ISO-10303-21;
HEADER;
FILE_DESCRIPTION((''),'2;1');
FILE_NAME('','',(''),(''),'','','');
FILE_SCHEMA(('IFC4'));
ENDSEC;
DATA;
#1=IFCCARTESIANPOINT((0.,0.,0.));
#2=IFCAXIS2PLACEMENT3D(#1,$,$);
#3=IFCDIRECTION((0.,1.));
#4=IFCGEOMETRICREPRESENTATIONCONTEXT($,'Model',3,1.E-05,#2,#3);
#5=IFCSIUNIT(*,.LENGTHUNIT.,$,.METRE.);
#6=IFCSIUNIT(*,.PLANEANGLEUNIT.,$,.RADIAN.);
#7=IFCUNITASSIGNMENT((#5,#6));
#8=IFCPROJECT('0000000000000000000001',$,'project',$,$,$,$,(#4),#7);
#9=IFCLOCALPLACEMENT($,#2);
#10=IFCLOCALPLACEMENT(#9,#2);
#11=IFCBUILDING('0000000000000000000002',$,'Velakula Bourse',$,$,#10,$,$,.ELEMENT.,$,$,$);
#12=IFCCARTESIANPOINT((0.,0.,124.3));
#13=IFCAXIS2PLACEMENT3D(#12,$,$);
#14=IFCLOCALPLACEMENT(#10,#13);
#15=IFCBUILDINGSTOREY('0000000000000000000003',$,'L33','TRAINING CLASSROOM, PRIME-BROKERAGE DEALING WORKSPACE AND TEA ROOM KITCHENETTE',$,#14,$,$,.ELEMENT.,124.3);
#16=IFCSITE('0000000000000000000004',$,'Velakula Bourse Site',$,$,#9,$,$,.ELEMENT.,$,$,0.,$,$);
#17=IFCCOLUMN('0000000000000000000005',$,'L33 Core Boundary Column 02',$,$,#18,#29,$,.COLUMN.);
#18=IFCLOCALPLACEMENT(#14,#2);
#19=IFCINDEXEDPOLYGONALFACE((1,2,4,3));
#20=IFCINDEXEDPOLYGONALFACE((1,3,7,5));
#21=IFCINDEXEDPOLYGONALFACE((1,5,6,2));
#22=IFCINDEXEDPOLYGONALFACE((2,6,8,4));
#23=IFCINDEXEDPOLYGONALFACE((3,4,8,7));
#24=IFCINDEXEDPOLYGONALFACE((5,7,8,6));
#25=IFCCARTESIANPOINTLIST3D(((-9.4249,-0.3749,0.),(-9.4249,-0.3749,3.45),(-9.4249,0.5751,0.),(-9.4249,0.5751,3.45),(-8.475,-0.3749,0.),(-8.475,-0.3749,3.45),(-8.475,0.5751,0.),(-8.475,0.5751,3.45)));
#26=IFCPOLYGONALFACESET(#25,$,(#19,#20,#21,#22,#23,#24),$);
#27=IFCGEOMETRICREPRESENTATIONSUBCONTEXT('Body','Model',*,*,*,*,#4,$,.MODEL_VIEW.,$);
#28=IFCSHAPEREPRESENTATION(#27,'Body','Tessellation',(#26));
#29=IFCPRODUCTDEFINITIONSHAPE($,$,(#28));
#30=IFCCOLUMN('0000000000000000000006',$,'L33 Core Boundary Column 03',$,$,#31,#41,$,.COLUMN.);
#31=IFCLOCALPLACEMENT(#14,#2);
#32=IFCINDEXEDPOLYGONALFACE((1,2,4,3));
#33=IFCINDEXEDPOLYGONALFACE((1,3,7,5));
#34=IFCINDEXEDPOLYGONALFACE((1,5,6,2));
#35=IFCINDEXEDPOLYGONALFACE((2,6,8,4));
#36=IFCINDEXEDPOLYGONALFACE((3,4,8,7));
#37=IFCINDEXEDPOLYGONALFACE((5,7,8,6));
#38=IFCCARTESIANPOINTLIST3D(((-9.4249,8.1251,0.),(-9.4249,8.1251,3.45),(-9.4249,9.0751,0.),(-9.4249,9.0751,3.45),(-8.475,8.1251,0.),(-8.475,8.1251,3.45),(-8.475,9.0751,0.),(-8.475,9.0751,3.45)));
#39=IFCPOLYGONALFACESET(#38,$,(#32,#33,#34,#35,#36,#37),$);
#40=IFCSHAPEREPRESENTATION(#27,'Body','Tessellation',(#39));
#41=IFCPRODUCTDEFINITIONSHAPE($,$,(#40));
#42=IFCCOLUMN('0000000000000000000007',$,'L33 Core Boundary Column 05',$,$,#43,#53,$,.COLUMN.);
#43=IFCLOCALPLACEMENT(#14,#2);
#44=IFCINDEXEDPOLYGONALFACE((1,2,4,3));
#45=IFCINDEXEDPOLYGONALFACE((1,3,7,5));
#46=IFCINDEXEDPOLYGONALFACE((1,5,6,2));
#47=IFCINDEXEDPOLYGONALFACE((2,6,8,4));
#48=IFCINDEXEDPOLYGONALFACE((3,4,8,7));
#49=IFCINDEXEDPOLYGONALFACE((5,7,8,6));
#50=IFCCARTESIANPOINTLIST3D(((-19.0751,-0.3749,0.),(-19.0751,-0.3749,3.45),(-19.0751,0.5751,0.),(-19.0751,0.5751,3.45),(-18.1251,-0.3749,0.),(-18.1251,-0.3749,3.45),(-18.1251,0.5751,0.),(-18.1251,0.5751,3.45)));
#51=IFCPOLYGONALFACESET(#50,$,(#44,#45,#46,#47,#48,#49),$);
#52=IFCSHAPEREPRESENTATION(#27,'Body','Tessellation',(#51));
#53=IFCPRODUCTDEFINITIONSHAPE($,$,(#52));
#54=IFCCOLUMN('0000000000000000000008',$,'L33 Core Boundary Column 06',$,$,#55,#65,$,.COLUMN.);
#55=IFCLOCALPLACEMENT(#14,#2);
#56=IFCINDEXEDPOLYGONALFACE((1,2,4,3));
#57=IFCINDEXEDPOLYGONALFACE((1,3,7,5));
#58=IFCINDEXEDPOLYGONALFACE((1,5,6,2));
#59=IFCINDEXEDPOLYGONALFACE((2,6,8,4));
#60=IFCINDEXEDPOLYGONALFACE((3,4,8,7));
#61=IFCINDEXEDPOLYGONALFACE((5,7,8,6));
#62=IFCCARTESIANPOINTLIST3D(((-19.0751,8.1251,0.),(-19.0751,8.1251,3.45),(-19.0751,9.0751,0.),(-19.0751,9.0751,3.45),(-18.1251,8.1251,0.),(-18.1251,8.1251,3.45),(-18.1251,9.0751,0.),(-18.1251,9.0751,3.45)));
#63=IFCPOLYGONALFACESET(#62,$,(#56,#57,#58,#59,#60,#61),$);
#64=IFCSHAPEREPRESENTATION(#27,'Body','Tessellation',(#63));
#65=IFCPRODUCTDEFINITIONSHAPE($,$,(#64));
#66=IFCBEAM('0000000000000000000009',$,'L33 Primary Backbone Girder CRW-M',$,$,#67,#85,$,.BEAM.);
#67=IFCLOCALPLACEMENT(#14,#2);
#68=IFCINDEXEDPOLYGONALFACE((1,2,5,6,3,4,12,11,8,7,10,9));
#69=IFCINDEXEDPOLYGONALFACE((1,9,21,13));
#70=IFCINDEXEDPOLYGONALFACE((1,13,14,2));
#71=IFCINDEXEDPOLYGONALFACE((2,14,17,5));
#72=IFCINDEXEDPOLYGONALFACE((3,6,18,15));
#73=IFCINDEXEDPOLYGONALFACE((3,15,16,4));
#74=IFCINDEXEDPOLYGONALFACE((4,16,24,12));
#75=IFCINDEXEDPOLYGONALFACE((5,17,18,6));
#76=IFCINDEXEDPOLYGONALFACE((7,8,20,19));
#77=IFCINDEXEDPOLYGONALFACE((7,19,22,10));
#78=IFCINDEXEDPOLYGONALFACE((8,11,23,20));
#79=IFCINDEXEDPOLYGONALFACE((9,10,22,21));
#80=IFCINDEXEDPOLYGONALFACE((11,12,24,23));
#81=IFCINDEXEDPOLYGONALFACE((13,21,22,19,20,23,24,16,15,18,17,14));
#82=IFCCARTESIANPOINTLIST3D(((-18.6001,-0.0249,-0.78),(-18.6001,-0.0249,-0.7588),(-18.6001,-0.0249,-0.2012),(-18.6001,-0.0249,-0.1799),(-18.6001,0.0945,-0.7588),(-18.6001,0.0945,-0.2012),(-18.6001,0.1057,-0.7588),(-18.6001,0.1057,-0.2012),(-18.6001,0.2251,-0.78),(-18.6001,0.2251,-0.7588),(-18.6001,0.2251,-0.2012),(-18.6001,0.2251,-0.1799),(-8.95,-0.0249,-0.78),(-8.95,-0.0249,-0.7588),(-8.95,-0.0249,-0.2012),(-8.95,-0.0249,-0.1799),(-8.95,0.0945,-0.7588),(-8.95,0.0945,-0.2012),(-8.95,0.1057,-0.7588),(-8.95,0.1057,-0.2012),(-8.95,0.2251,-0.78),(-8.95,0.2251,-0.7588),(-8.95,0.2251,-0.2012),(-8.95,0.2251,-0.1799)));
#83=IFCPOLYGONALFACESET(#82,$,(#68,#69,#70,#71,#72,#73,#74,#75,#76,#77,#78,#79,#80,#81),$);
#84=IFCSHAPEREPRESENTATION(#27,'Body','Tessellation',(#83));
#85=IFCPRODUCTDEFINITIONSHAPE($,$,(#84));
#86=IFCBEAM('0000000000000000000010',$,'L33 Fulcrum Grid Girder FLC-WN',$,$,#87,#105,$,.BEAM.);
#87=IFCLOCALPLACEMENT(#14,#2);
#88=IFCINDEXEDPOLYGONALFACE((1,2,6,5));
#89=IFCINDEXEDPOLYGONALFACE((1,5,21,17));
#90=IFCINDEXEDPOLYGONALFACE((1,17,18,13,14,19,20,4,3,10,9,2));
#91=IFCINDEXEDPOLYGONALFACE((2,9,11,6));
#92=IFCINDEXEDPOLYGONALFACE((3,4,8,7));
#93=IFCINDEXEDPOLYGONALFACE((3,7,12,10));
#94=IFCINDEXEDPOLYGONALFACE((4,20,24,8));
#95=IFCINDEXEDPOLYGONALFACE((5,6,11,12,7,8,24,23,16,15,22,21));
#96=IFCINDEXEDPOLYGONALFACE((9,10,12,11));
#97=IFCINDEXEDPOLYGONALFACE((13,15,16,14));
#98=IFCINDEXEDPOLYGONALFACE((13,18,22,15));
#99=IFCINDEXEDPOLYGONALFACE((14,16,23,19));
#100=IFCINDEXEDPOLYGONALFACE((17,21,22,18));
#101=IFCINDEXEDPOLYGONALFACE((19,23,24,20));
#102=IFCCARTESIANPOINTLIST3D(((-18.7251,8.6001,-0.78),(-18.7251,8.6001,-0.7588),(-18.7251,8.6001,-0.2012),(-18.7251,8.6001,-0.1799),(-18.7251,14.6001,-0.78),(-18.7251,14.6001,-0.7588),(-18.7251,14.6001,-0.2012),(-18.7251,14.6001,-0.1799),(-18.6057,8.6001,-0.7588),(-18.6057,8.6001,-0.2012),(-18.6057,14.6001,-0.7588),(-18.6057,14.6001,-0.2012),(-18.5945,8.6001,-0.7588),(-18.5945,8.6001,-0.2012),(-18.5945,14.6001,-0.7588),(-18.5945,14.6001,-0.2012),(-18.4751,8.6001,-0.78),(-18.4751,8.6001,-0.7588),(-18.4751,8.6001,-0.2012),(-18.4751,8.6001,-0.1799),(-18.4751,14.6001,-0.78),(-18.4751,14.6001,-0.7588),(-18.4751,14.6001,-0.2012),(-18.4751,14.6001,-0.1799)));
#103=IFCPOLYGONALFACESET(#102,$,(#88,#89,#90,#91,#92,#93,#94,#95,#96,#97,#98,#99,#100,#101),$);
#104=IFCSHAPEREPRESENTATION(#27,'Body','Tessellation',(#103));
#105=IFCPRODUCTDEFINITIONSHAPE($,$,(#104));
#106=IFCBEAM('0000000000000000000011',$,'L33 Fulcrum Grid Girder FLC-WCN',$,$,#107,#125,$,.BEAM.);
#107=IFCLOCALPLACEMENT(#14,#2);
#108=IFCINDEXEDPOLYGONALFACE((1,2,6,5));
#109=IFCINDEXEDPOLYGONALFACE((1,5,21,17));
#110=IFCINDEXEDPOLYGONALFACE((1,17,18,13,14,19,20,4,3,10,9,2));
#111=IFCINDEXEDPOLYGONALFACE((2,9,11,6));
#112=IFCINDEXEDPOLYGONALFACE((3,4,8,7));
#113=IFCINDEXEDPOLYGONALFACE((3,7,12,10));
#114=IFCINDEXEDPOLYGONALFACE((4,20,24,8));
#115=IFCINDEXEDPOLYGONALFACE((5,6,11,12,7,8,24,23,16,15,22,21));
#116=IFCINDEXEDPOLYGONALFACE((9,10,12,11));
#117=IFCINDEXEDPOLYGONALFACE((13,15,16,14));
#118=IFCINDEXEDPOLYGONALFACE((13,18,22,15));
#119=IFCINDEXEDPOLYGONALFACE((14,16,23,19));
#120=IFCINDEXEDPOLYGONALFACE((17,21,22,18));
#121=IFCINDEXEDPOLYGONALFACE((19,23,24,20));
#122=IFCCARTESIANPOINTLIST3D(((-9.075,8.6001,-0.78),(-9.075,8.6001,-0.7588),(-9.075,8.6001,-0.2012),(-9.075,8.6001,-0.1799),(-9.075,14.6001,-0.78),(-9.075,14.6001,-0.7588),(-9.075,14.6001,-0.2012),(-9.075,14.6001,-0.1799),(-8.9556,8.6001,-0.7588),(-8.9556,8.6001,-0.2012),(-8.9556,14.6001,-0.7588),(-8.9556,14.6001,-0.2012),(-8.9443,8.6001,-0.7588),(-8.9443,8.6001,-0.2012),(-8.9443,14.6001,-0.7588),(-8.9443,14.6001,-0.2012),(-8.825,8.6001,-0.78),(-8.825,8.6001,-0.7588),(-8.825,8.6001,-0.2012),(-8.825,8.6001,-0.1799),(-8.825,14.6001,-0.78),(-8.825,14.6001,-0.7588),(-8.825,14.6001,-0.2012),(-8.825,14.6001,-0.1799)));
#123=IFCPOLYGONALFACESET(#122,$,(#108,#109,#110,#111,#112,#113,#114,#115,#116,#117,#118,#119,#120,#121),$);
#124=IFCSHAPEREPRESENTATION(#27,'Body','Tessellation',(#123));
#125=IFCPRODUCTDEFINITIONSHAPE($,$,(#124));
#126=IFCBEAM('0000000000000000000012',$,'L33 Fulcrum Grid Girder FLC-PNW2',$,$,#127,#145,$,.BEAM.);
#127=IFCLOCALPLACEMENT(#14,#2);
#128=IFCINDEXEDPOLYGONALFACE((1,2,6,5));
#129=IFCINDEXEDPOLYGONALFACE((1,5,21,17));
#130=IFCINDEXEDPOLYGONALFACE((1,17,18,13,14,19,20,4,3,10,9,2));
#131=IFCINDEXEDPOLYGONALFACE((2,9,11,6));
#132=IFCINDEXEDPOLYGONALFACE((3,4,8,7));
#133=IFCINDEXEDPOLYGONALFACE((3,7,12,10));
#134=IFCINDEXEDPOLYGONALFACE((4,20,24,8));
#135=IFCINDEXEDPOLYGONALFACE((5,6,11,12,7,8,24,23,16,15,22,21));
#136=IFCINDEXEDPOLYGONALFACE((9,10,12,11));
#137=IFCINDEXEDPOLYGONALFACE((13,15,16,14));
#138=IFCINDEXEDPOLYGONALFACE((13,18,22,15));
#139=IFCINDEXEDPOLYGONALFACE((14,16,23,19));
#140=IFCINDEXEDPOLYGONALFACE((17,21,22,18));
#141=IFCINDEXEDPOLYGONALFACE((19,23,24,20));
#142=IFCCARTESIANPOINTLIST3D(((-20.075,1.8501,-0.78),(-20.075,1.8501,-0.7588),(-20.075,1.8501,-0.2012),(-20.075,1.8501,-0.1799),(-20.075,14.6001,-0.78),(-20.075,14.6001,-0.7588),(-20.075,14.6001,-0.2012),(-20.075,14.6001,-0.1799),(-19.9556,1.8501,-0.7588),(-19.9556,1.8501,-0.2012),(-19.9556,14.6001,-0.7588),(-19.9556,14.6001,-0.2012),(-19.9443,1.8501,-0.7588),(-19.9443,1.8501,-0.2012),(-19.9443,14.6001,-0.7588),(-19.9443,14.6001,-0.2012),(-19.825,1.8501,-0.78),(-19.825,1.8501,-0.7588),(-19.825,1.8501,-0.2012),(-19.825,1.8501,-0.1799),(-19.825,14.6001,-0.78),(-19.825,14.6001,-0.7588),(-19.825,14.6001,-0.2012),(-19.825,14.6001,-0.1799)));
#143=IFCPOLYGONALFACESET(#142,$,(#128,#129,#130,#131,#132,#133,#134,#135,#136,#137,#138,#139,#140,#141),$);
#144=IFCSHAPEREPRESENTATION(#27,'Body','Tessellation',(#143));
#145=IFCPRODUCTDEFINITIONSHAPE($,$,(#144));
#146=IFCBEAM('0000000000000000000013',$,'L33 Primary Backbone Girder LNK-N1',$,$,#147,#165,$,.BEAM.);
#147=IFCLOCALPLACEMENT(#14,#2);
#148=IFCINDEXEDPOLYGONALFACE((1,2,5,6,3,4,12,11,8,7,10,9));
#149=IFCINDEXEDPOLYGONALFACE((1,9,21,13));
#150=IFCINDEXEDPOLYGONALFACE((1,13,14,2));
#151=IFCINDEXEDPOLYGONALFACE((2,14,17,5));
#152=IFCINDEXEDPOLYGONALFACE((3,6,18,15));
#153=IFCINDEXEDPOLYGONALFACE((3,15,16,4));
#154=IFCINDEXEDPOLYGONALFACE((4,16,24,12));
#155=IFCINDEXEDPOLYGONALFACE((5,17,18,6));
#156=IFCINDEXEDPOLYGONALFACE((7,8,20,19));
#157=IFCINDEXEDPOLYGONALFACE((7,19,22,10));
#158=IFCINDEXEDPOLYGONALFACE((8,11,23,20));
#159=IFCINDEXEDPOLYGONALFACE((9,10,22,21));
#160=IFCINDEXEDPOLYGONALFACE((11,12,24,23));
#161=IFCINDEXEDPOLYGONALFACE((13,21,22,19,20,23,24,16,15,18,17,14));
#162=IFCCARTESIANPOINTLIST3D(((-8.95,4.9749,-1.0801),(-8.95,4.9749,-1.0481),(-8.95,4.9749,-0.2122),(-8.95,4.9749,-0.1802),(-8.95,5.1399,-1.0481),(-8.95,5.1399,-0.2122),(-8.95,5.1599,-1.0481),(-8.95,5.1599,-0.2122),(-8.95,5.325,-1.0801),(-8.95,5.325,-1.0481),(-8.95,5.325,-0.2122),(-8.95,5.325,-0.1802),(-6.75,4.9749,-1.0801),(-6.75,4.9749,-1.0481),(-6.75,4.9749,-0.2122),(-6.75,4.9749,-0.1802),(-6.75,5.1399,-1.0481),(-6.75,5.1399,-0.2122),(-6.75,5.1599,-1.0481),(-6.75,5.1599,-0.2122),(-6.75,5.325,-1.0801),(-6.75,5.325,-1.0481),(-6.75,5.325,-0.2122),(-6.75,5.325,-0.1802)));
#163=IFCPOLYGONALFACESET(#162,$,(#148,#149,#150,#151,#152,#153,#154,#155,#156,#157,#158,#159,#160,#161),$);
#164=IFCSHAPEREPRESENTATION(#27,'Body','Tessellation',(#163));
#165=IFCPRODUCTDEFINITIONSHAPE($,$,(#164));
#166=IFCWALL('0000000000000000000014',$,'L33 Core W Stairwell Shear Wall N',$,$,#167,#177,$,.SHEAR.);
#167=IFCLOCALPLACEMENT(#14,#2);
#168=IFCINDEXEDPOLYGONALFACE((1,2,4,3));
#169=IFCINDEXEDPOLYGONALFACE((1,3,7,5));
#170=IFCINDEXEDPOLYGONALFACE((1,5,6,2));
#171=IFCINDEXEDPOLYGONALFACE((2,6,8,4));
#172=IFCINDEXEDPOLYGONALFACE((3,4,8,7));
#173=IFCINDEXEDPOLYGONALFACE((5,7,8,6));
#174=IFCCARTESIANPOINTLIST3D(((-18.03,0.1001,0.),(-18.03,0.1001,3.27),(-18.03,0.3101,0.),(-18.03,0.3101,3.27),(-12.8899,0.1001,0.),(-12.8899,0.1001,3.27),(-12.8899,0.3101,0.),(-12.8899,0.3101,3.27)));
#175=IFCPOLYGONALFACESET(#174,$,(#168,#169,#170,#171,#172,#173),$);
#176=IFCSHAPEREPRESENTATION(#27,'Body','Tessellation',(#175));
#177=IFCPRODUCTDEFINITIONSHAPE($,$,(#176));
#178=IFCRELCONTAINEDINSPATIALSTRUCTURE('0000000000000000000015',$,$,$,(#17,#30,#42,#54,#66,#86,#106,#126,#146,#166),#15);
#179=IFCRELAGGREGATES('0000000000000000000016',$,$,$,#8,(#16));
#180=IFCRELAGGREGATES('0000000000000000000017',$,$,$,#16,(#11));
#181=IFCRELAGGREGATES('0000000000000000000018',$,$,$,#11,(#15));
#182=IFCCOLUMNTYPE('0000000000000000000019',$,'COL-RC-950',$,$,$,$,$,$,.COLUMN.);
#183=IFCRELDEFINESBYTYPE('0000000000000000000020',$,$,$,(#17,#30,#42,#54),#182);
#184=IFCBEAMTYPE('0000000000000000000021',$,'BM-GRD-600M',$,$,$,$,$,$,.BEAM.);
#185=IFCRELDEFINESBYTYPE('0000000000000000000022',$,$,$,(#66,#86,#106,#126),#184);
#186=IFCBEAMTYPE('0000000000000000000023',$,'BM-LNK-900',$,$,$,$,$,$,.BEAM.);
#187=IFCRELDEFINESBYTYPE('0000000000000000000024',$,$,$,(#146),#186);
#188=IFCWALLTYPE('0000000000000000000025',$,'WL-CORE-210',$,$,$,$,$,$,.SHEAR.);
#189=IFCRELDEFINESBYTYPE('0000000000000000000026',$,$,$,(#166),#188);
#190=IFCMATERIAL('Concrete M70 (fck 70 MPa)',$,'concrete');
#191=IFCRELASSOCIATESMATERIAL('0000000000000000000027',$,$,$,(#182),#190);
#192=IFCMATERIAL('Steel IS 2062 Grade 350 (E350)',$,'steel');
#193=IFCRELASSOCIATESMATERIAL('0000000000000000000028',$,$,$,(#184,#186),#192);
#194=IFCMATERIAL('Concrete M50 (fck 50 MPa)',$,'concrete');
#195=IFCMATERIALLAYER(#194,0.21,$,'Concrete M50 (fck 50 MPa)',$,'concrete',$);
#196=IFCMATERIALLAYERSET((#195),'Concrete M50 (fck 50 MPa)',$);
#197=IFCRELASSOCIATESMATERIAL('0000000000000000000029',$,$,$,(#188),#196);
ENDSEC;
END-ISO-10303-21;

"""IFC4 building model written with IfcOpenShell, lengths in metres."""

from ifc_helpers import new_model, si_unit, direction, frame, frame_2d, origin, origin_2d, place, context, subcontext, project, spatial, rectangle, i_section, extrude, material, layer, layer_set, material_profile, profile_set, type_object, element, save


model = new_model("IFC4")

# Units and contexts
model_context = context("Model", 3, precision=1e-05, world=origin(), true_north=direction((0.0, 1.0)))
body_context = subcontext(model_context, "Body", "Model", "MODEL_VIEW")
ifc_project = project(units=[si_unit("LENGTHUNIT", "METRE"), si_unit("PLANEANGLEUNIT", "RADIAN")], contexts=[model_context])

# Site, building, storey
site_placement = place(None, origin())
site = spatial("IfcSite", under=ifc_project, at=site_placement, Name="Velakula Bourse Site", CompositionType="ELEMENT", RefElevation=0.0)
building_placement = place(site_placement, origin())
building = spatial("IfcBuilding", under=site, at=building_placement, Name="Velakula Bourse", CompositionType="ELEMENT")
storey_placement = place(building_placement, frame((0.0, 0.0, 124.3)))
storey = spatial("IfcBuildingStorey", under=building, at=storey_placement, Name="L33", Description="TRAINING CLASSROOM, PRIME-BROKERAGE DEALING WORKSPACE AND TEA ROOM KITCHENETTE", CompositionType="ELEMENT", Elevation=124.3)

# Columns
ifc_material_1 = material(Name="Concrete M70 (fck 70 MPa)", Category="concrete")
ifc_material_profile_1 = material_profile(ifc_material_1, rectangle(XDim=0.95, YDim=0.95, at=origin_2d()), Name="Concrete M70 (fck 70 MPa)")
ifc_profile_set_1 = profile_set([ifc_material_profile_1], Name="Concrete M70 (fck 70 MPa)")
column_type = type_object("IfcColumnType", Name="COL-RC-950", PredefinedType="COLUMN", material=ifc_profile_set_1)
for number, where, z_axis, x_axis, name in (
    (1, (-8.95, 0.1001, 0.0), (0.0, 0.0, 1.0), (1.0, 0.0, 0.0), "L33 Core Boundary Column 02"),
    (2, (-8.95, 8.6001, 0.0), (0.0, 0.0, 1.0), (1.0, 0.0, 0.0), "L33 Core Boundary Column 03"),
    (3, (-18.6001, 0.1001, 0.0), (0.0, 0.0, 1.0), (1.0, 0.0, 0.0), "L33 Core Boundary Column 05"),
    (4, (-18.6001, 8.6001, 0.0), (0.0, 0.0, 1.0), (1.0, 0.0, 0.0), "L33 Core Boundary Column 06"),
):
    element("IfcColumn", number, at=place(storey_placement, frame(where, z_axis=z_axis, x_axis=x_axis)), inside=storey, type_object=column_type, Name=name, PredefinedType="COLUMN", context=body_context, shape_type="SweptSolid", body=[
        extrude(rectangle(XDim=0.95, YDim=0.95, at=origin_2d()), origin(), (0.0, 0.0, 1.0), 3.45),
    ])

# Beams
ifc_material_2 = material(Name="Steel IS 2062 Grade 350 (E350)", Category="steel")
ifc_material_profile_2 = material_profile(ifc_material_2, i_section(OverallWidth=0.25, OverallDepth=0.6001, WebThickness=0.0112, FlangeThickness=0.0212, at=origin_2d()), Name="Steel IS 2062 Grade 350 (E350)")
ifc_profile_set_2 = profile_set([ifc_material_profile_2], Name="Steel IS 2062 Grade 350 (E350)")
beam_type_1 = type_object("IfcBeamType", Name="BM-GRD-600M", PredefinedType="BEAM", material=ifc_profile_set_2)
beam_1_placement = place(storey_placement, frame((-18.6001, 0.1001, -0.48), z_axis=(1.0, 0.0, 0.0), x_axis=(0.0, 1.0, 0.0)))
element("IfcBeam", 5, at=beam_1_placement, inside=storey, type_object=beam_type_1, Name="L33 Primary Backbone Girder CRW-M", PredefinedType="BEAM", context=body_context, shape_type="SweptSolid", body=[
    extrude(i_section(OverallWidth=0.25, OverallDepth=0.6001, WebThickness=0.0112, FlangeThickness=0.0212, at=origin_2d()), origin(), (0.0, 0.0, 1.0), 9.6501),
])
for number, where, z_axis, x_axis, name in (
    (6, (-18.6001, 8.6001, -0.48), (0.0, 1.0, 0.0), (-1.0, 0.0, 0.0), "L33 Fulcrum Grid Girder FLC-WN"),
    (7, (-8.95, 8.6001, -0.48), (0.0, 1.0, 0.0), (-1.0, 0.0, 0.0), "L33 Fulcrum Grid Girder FLC-WCN"),
):
    element("IfcBeam", number, at=place(storey_placement, frame(where, z_axis=z_axis, x_axis=x_axis)), inside=storey, type_object=beam_type_1, Name=name, PredefinedType="BEAM", context=body_context, shape_type="SweptSolid", body=[
        extrude(i_section(OverallWidth=0.25, OverallDepth=0.6001, WebThickness=0.0112, FlangeThickness=0.0212, at=origin_2d()), origin(), (0.0, 0.0, 1.0), 6.0),
    ])
beam_2_placement = place(storey_placement, frame((-19.95, 1.8501, -0.48), z_axis=(0.0, 1.0, 0.0), x_axis=(-1.0, 0.0, 0.0)))
element("IfcBeam", 8, at=beam_2_placement, inside=storey, type_object=beam_type_1, Name="L33 Fulcrum Grid Girder FLC-PNW2", PredefinedType="BEAM", context=body_context, shape_type="SweptSolid", body=[
    extrude(i_section(OverallWidth=0.25, OverallDepth=0.6001, WebThickness=0.0112, FlangeThickness=0.0212, at=origin_2d()), origin(), (0.0, 0.0, 1.0), 12.75),
])
ifc_material_profile_3 = material_profile(ifc_material_2, i_section(OverallWidth=0.3501, OverallDepth=0.8999, WebThickness=0.02, FlangeThickness=0.032, at=origin_2d()), Name="Steel IS 2062 Grade 350 (E350)")
ifc_profile_set_3 = profile_set([ifc_material_profile_3], Name="Steel IS 2062 Grade 350 (E350)")
beam_type_2 = type_object("IfcBeamType", Name="BM-LNK-900", PredefinedType="BEAM", material=ifc_profile_set_3)
beam_3_placement = place(storey_placement, frame((-8.95, 5.1499, -0.6301), z_axis=(1.0, 0.0, 0.0), x_axis=(0.0, 1.0, 0.0)))
element("IfcBeam", 9, at=beam_3_placement, inside=storey, type_object=beam_type_2, Name="L33 Primary Backbone Girder LNK-N1", PredefinedType="BEAM", context=body_context, shape_type="SweptSolid", body=[
    extrude(i_section(OverallWidth=0.3501, OverallDepth=0.8999, WebThickness=0.02, FlangeThickness=0.032, at=origin_2d()), origin(), (0.0, 0.0, 1.0), 2.2),
])

# Wall
ifc_material_3 = material(Name="Concrete M50 (fck 50 MPa)", Category="concrete")
ifc_layer_1 = layer(ifc_material_3, 0.21, Name="Concrete M50 (fck 50 MPa)", Category="concrete")
ifc_layer_set_1 = layer_set([ifc_layer_1], Name="Concrete M50 (fck 50 MPa)")
wall_type_1 = type_object("IfcWallType", Name="WL-CORE-210", PredefinedType="SHEAR", material=ifc_layer_set_1)
wall_1_placement = place(storey_placement, frame((-12.8899, 0.2051, 0.0), z_axis=(0.0, 0.0, 1.0), x_axis=(-1.0, 0.0, 0.0)))
element("IfcWall", 10, at=wall_1_placement, inside=storey, type_object=wall_type_1, Name="L33 Core W Stairwell Shear Wall N", PredefinedType="SHEAR", context=body_context, shape_type="SweptSolid", body=[
    extrude(rectangle(XDim=5.1401, YDim=0.21, at=frame_2d((2.5701, 0.0))), origin(), (0.0, 0.0, 1.0), 3.27),
])

save(model, "model.ifc")
